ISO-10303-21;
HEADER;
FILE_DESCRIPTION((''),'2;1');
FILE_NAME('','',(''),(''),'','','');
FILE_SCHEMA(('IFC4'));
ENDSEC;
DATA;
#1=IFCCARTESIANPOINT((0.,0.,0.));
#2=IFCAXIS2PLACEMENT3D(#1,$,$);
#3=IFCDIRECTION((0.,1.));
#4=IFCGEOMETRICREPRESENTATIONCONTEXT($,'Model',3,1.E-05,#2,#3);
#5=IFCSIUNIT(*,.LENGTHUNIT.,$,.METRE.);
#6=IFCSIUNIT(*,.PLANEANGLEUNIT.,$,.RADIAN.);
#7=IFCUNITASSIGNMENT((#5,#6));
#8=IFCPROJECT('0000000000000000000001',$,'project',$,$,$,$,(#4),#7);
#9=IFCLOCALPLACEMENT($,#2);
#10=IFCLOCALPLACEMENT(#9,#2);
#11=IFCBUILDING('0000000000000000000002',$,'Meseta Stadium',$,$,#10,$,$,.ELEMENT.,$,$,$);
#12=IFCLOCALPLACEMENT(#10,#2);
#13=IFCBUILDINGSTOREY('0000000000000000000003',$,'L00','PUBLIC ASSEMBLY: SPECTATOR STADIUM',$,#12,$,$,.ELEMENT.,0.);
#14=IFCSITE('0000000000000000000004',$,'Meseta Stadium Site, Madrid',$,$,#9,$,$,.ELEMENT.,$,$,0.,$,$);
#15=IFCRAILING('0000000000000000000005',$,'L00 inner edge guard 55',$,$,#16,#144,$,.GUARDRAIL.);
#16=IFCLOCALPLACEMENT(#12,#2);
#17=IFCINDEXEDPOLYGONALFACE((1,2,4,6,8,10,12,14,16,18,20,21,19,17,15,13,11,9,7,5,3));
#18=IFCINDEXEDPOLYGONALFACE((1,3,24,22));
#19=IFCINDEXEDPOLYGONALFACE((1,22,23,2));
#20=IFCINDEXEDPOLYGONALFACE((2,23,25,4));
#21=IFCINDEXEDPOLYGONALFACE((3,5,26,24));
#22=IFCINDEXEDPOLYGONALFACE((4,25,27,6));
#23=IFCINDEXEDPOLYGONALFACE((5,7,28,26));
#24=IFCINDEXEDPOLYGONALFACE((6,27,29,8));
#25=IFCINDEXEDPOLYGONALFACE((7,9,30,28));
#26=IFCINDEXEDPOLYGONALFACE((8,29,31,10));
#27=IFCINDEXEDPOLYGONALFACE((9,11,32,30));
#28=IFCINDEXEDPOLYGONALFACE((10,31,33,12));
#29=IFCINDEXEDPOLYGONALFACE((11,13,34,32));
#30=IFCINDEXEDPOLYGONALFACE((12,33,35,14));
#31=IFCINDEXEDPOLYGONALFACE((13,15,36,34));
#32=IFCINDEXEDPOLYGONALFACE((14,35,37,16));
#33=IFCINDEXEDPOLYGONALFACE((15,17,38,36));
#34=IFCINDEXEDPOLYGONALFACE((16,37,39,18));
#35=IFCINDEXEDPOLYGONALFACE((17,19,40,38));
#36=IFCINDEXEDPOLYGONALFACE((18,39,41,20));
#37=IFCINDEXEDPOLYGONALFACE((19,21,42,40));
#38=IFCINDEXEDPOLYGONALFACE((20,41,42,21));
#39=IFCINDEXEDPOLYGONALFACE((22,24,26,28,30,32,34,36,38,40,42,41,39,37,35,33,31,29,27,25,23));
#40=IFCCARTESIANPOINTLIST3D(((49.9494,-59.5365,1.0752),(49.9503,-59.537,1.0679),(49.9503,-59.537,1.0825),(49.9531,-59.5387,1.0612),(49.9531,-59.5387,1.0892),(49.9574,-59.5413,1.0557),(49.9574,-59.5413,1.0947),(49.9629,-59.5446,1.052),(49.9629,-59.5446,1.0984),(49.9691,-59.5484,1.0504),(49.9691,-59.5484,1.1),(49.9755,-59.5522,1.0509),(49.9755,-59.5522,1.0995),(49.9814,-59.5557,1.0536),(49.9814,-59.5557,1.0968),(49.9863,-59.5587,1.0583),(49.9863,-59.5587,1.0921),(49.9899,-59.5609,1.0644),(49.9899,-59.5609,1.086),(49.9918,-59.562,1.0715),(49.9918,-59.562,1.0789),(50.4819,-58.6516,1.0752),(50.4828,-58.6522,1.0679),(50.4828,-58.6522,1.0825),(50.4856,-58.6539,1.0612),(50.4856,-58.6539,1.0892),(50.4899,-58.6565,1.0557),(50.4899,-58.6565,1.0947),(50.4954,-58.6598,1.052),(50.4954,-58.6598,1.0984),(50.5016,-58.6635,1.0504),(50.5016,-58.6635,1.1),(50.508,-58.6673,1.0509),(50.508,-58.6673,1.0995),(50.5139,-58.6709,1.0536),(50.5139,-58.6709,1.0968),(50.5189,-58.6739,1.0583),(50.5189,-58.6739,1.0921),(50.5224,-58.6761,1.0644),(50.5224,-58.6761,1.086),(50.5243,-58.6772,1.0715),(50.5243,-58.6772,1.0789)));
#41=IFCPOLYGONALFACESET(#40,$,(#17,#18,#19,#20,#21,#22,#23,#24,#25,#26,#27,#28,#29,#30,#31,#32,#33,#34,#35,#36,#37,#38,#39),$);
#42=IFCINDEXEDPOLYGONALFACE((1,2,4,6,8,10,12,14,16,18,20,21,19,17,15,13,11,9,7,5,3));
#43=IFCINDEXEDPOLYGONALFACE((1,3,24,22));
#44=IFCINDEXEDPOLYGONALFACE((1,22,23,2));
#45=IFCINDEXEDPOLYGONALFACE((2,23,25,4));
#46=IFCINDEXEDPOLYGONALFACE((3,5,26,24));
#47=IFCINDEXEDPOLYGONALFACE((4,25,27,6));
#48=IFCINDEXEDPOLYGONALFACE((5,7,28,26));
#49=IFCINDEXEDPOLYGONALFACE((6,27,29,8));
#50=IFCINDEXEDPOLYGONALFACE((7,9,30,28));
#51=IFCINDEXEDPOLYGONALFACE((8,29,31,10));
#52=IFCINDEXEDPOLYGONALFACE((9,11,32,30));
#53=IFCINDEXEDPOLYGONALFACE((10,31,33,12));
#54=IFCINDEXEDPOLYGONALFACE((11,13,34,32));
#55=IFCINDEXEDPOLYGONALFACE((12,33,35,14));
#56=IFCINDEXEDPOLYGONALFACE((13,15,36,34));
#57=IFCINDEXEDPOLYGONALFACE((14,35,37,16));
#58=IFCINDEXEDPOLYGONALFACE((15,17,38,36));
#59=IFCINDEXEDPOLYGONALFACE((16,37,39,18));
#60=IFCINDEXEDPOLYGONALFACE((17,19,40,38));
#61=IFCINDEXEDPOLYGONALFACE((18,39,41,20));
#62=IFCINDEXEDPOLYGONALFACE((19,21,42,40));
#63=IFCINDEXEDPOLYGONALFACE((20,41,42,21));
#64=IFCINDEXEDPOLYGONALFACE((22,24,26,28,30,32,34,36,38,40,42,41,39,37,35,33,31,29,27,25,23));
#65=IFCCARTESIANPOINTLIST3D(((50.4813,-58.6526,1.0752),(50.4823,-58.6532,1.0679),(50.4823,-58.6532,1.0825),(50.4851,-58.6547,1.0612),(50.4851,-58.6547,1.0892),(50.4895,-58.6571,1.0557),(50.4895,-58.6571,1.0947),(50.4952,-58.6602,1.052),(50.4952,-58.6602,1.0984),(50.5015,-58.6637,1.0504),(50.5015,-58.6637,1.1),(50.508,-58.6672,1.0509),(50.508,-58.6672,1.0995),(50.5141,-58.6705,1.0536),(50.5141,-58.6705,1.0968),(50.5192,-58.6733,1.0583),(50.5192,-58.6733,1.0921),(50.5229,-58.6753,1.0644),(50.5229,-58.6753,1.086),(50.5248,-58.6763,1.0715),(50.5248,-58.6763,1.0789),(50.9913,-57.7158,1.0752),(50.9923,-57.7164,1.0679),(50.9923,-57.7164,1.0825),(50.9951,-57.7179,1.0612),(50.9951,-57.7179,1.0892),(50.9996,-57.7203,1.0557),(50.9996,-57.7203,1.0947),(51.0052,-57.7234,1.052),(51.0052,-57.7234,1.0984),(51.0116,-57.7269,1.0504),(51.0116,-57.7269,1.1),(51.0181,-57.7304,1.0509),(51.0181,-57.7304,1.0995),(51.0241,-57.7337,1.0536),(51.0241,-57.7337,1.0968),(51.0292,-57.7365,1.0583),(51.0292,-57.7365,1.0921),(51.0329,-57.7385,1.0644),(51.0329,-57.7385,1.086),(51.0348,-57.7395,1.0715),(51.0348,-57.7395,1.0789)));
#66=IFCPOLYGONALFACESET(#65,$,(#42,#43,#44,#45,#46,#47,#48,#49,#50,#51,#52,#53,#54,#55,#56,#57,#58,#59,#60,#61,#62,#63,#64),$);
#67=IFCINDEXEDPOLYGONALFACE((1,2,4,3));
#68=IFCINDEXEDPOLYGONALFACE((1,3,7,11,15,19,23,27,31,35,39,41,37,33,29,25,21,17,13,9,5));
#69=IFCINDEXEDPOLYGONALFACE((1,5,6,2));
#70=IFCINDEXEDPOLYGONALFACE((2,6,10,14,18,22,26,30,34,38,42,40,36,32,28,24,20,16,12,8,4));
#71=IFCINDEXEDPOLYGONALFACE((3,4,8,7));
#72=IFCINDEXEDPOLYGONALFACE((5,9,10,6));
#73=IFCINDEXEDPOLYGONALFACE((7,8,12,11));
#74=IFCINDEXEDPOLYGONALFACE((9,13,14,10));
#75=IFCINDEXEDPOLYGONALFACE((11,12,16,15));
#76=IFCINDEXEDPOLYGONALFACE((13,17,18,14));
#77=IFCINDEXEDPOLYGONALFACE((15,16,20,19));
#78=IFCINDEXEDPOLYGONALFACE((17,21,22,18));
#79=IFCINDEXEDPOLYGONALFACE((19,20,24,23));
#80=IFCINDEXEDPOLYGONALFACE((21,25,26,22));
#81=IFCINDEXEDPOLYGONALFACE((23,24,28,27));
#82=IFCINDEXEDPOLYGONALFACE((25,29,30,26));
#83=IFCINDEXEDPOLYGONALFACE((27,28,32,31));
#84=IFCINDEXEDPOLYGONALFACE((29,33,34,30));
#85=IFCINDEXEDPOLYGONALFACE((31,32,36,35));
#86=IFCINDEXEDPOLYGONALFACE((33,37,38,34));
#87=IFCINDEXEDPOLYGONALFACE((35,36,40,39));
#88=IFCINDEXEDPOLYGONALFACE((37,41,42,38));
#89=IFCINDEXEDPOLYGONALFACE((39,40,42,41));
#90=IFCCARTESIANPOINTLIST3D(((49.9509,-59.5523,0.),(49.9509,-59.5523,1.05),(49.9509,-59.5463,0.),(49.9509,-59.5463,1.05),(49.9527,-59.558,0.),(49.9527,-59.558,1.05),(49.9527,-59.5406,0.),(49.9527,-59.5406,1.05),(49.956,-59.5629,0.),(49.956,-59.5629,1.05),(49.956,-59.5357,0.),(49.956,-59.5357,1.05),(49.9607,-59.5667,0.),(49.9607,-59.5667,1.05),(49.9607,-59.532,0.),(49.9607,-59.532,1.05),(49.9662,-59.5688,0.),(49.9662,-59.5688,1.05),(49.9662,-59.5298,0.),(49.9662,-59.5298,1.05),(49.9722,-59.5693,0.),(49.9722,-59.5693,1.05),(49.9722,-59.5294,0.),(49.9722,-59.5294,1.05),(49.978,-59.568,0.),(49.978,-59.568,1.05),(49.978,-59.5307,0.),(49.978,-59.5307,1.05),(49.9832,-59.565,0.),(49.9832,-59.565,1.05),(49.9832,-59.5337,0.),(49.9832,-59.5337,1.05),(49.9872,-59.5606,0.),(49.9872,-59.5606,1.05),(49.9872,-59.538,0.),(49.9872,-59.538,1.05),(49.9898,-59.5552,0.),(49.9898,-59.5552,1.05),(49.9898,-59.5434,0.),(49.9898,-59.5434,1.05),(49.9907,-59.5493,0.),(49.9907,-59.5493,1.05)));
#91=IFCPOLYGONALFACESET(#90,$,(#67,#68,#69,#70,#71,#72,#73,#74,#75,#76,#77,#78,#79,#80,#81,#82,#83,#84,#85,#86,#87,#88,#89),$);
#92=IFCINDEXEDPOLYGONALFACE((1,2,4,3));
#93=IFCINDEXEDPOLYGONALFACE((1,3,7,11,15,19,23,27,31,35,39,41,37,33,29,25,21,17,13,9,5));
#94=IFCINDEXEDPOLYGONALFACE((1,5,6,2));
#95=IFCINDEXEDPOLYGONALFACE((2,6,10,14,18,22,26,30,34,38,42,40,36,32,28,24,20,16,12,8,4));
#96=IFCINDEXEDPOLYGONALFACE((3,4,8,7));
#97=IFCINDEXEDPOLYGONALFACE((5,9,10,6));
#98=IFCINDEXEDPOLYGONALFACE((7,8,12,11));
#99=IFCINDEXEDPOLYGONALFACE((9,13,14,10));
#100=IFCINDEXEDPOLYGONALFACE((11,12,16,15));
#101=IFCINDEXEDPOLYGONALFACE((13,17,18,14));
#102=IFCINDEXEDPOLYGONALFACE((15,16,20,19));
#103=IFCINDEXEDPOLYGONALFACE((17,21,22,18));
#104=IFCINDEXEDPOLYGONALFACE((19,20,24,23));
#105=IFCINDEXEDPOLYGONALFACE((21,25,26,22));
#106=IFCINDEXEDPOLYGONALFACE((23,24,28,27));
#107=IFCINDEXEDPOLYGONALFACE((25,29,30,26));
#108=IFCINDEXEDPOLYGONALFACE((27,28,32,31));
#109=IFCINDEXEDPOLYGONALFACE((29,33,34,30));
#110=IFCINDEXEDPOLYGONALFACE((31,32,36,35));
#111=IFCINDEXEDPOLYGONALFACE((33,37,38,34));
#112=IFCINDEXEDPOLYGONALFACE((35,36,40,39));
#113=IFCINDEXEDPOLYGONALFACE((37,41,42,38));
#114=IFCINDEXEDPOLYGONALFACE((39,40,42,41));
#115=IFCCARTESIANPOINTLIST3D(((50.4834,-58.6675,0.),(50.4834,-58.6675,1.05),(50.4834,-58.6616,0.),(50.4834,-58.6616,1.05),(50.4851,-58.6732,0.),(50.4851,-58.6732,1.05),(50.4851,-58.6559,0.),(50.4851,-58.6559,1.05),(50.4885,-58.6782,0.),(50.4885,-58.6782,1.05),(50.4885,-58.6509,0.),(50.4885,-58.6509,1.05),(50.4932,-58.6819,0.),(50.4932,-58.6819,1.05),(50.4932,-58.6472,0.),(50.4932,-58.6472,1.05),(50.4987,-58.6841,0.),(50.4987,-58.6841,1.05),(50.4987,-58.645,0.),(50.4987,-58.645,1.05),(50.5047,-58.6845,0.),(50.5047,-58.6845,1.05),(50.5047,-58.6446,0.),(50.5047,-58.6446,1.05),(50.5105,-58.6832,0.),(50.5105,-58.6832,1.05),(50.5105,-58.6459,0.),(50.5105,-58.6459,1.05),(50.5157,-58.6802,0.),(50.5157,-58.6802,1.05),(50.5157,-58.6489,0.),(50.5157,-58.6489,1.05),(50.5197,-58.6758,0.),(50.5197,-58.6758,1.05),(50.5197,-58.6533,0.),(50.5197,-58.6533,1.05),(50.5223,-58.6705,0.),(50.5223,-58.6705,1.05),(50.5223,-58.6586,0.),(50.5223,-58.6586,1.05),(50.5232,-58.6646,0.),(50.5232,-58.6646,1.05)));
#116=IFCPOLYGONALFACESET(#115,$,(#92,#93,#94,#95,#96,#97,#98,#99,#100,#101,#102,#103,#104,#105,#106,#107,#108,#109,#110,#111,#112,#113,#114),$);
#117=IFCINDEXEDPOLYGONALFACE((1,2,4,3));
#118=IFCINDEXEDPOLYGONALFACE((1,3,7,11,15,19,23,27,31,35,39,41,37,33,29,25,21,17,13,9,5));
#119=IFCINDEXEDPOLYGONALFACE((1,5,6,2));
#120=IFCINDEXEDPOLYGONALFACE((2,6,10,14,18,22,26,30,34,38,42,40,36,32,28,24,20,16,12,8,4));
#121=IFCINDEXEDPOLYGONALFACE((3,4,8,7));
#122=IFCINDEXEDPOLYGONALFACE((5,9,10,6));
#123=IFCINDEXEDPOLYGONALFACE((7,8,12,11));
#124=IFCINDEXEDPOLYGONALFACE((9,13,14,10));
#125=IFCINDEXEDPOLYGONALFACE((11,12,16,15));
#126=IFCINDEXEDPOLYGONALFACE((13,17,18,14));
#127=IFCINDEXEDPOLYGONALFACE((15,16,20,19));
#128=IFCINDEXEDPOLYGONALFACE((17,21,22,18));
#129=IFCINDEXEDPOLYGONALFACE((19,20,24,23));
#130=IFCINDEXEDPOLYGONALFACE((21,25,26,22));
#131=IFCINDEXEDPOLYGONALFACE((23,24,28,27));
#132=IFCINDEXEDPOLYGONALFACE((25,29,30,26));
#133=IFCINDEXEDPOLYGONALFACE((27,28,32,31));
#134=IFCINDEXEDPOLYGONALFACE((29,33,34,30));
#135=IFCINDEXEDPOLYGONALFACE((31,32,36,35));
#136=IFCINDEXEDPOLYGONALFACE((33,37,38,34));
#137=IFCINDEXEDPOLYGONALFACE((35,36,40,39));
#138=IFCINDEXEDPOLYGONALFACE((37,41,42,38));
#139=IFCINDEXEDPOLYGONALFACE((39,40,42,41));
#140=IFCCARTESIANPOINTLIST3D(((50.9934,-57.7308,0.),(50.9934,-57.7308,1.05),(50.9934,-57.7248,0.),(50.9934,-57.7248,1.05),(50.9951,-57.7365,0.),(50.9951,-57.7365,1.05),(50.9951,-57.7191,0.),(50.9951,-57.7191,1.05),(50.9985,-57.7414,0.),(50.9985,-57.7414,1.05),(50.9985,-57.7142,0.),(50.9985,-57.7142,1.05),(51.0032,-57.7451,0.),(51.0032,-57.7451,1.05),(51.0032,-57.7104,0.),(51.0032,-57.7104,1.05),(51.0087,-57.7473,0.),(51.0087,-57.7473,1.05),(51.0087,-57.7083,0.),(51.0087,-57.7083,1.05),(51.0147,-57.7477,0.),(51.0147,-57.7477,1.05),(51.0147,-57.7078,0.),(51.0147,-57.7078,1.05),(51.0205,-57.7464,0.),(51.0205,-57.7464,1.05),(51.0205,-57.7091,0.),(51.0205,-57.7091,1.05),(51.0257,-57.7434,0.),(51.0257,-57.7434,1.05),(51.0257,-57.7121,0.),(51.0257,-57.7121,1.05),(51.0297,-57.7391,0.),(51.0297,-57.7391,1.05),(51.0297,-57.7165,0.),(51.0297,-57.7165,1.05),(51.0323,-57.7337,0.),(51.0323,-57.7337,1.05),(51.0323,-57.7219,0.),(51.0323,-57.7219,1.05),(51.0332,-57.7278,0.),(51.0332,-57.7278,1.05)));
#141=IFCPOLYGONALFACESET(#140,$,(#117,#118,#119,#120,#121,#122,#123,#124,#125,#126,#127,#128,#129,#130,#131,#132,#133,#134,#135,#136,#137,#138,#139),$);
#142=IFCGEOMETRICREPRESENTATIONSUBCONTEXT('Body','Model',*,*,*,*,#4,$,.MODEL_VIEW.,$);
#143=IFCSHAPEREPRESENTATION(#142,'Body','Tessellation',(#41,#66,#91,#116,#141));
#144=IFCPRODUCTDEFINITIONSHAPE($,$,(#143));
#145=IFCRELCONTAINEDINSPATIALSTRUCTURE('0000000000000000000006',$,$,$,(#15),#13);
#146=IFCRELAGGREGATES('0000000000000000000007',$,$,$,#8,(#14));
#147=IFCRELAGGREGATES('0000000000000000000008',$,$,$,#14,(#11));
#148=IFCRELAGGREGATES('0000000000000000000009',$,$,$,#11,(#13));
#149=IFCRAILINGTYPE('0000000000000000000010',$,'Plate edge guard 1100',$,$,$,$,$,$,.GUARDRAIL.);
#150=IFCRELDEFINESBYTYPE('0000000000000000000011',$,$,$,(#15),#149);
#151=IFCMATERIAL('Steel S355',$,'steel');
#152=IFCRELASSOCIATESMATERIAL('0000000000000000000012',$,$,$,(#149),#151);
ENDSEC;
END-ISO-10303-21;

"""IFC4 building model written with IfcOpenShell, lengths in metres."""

from ifc_helpers import new_model, si_unit, direction, frame, origin, origin_2d, place, context, subcontext, project, spatial, circle, extrude, material, type_object, element, save


model = new_model("IFC4")

# Units and contexts
model_context = context("Model", 3, precision=1e-05, world=origin(), true_north=direction((0.0, 1.0)))
body_context = subcontext(model_context, "Body", "Model", "MODEL_VIEW")
ifc_project = project(units=[si_unit("LENGTHUNIT", "METRE"), si_unit("PLANEANGLEUNIT", "RADIAN")], contexts=[model_context])

# Site, building, storey
site_placement = place(None, origin())
site = spatial("IfcSite", under=ifc_project, at=site_placement, Name="Meseta Stadium Site, Madrid", CompositionType="ELEMENT", RefElevation=0.0)
building_placement = place(site_placement, origin())
building = spatial("IfcBuilding", under=site, at=building_placement, Name="Meseta Stadium", CompositionType="ELEMENT")
storey_placement = place(building_placement, origin())
storey = spatial("IfcBuildingStorey", under=building, at=storey_placement, Name="L00", Description="PUBLIC ASSEMBLY: SPECTATOR STADIUM", CompositionType="ELEMENT", Elevation=0.0)

# Railing
ifc_material_1 = material(Name="Steel S355", Category="steel")
railing_type_1 = type_object("IfcRailingType", Name="Plate edge guard 1100", PredefinedType="GUARDRAIL", material=ifc_material_1)
railing_1_placement = place(storey_placement, frame((49.9707, -59.5493, 0.0)))
element("IfcRailing", 1, at=railing_1_placement, inside=storey, type_object=railing_type_1, Name="L00 inner edge guard 55", PredefinedType="GUARDRAIL", context=body_context, shape_type="SweptSolid", body=[
    extrude(circle(Radius=0.0249, at=origin_2d()), frame((0.0, 0.0, 1.0752), z_axis=(0.515643, 0.856804, 0.0), x_axis=(-0.856804, 0.515643, 0.0)), (0.0, 0.0, 1.0), 1.0327),
    extrude(circle(Radius=0.0249, at=origin_2d()), frame((0.5325, 0.8848, 1.0752), z_axis=(0.478162, 0.878271, 0.0), x_axis=(-0.878271, 0.478162, 0.0)), (0.0, 0.0, 1.0), 1.0667),
    extrude(circle(Radius=0.02, at=origin_2d()), origin(), (0.0, 0.0, 1.0), 1.05),
    extrude(circle(Radius=0.02, at=origin_2d()), frame((0.5325, 0.8848, 0.0)), (0.0, 0.0, 1.0), 1.05),
    extrude(circle(Radius=0.02, at=origin_2d()), frame((1.0425, 1.8215, 0.0)), (0.0, 0.0, 1.0), 1.05),
])

save(model, "model.ifc")
